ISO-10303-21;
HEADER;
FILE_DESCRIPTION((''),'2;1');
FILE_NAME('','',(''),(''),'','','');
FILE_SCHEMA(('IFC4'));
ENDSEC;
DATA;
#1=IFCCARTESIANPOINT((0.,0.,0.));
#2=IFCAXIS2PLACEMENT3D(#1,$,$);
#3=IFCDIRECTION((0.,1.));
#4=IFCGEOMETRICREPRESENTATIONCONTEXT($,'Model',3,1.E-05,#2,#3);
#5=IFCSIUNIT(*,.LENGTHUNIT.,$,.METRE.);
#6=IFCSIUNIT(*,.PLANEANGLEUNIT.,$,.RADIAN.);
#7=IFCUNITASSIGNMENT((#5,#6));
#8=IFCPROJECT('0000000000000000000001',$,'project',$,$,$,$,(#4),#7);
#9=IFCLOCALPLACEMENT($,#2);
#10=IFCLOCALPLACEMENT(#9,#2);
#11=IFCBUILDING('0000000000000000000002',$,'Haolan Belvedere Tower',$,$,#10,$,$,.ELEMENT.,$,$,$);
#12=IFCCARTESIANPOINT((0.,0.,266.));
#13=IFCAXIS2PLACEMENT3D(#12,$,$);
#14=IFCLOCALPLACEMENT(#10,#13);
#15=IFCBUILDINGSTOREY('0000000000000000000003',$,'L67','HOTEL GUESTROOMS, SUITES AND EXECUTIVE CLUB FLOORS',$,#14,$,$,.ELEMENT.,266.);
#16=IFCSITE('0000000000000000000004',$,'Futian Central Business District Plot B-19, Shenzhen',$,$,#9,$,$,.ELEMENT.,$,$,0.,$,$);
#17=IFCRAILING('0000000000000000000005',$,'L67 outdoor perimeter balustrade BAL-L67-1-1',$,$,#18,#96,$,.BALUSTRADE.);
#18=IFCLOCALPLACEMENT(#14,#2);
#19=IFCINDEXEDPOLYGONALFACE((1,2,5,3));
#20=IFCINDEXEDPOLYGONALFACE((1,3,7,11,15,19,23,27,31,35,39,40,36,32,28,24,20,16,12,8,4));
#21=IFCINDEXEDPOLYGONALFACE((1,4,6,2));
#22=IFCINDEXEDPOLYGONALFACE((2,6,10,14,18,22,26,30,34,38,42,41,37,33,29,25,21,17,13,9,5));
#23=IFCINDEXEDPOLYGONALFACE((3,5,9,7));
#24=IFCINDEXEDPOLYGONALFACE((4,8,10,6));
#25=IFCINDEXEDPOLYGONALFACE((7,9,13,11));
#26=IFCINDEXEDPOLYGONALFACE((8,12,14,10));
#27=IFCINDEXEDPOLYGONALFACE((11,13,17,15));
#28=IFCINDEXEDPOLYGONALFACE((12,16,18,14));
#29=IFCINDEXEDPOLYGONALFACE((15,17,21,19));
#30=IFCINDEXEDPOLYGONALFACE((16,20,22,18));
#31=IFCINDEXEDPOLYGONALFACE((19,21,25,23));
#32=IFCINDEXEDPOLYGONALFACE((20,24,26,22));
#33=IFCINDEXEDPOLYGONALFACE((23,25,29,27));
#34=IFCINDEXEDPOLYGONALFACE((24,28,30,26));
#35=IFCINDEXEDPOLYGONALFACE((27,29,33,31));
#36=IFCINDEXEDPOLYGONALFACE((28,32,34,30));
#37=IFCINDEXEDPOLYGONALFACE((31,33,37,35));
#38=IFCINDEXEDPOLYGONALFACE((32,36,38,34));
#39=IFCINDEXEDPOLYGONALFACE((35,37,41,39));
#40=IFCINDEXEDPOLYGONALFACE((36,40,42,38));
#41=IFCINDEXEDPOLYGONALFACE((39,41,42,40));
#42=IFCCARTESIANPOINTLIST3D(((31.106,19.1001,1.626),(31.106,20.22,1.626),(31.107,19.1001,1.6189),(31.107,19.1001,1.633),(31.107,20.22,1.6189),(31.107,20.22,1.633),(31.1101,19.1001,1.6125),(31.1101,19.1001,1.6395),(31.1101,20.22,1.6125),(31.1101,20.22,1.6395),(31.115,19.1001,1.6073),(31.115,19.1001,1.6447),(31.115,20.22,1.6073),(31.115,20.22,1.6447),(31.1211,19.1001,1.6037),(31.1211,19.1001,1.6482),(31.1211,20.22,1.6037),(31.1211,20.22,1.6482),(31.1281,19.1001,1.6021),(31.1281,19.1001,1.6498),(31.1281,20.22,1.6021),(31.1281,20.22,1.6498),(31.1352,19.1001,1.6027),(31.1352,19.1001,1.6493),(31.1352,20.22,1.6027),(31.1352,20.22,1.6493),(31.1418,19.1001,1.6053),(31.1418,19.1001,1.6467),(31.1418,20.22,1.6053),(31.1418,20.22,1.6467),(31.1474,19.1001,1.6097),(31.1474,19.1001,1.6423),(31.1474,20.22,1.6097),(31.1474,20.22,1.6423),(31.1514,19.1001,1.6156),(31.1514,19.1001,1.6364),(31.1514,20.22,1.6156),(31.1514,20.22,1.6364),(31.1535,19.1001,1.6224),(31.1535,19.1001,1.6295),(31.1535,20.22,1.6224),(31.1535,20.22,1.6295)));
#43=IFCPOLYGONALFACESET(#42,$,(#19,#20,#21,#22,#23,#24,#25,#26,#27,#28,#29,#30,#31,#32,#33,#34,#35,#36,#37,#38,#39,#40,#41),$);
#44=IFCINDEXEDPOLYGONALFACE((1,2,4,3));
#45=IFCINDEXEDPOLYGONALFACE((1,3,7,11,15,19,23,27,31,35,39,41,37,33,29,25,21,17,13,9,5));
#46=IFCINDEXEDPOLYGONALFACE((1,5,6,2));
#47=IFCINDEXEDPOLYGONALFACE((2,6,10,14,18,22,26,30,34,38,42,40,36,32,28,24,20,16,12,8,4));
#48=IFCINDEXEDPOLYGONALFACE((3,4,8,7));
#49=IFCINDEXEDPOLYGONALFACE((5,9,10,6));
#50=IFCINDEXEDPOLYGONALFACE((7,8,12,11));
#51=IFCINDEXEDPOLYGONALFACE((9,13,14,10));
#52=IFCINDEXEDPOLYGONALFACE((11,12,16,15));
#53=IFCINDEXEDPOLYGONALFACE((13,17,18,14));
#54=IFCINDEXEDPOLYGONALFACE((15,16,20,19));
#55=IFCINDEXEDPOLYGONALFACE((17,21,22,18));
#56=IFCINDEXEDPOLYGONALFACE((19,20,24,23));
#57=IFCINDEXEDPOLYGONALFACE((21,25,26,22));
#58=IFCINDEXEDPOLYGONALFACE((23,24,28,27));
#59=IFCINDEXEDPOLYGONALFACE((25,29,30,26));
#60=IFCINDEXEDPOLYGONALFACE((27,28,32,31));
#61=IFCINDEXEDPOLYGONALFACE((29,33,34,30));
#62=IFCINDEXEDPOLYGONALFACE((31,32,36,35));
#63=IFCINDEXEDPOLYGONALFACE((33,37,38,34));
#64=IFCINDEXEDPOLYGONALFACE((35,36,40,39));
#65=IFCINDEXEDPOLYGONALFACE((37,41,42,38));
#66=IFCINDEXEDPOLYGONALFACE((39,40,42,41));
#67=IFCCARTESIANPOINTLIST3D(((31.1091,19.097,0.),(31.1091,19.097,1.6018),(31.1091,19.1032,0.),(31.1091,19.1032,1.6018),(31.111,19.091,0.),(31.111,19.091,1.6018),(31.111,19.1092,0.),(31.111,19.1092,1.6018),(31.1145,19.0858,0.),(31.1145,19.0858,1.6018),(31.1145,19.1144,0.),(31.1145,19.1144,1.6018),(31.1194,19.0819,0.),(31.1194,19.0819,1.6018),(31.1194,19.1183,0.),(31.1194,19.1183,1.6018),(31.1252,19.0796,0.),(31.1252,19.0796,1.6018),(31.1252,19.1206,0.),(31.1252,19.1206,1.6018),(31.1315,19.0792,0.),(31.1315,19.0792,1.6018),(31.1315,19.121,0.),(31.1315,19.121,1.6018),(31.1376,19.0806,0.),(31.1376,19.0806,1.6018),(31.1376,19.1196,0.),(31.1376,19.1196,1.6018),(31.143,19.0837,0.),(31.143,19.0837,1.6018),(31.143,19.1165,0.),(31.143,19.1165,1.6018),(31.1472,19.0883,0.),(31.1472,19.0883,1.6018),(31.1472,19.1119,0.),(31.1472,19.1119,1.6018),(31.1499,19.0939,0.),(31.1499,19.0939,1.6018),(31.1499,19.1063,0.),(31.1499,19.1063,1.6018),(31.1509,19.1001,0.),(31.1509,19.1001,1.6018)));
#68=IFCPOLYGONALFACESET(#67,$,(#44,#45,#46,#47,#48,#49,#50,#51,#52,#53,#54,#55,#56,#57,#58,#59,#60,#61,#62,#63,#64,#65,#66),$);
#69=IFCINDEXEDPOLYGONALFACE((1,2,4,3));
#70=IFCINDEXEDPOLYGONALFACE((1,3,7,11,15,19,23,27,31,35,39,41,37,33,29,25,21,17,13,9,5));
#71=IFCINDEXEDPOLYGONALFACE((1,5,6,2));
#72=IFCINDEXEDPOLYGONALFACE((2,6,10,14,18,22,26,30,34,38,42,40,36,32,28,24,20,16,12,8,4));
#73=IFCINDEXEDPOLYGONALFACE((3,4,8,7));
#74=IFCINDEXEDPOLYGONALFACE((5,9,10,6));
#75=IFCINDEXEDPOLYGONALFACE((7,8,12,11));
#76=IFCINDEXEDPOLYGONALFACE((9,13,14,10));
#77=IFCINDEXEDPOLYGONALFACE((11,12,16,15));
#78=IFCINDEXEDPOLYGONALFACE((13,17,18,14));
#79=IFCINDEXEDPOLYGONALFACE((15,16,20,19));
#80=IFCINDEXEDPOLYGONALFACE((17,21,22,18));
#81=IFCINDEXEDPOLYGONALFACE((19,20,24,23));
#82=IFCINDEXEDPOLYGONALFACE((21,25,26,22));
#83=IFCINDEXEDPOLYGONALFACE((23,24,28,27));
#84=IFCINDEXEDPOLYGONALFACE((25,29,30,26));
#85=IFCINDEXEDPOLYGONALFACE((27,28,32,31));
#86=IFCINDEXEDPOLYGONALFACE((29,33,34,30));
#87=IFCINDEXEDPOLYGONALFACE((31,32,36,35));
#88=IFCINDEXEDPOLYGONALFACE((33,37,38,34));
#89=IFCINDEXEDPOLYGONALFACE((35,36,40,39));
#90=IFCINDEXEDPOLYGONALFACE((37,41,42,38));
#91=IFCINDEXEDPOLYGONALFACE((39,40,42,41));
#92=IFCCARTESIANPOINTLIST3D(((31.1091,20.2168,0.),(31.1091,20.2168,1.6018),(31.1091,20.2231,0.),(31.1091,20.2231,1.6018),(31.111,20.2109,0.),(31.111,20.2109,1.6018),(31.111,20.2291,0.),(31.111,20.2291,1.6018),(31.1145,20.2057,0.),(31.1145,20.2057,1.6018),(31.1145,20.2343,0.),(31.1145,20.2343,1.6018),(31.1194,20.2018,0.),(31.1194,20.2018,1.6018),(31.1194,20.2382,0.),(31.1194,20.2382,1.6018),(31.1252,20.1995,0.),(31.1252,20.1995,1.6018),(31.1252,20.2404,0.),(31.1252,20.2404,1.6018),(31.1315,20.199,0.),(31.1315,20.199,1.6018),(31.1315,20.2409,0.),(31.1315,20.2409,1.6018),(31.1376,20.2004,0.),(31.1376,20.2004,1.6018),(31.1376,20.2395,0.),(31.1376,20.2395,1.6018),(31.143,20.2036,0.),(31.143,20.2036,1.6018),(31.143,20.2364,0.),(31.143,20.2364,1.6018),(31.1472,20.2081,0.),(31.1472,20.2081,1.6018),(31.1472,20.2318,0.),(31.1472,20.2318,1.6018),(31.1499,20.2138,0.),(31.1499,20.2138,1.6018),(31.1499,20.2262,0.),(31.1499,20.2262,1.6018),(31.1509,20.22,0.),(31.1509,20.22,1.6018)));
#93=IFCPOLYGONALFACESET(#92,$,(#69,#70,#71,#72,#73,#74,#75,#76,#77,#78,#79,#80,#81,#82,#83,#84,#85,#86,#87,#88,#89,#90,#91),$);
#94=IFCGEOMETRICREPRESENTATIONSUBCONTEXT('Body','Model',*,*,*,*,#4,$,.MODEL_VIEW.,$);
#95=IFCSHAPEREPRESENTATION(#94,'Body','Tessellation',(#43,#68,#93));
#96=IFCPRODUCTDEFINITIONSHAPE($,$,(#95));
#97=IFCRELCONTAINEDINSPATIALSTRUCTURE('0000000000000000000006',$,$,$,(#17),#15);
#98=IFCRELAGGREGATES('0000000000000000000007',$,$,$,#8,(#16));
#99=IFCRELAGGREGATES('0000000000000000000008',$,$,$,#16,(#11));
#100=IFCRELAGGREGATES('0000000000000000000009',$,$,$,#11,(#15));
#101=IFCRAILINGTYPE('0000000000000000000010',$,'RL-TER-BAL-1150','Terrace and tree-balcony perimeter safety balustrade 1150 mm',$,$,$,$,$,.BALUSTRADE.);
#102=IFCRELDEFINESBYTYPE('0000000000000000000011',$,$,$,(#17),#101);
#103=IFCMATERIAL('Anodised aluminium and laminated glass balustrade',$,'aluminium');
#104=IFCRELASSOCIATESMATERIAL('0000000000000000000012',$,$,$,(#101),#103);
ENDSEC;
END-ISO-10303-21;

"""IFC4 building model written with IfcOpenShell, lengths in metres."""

from ifc_helpers import new_model, si_unit, direction, frame, origin, origin_2d, place, context, subcontext, project, spatial, circle, extrude, material, type_object, element, save


model = new_model("IFC4")

# Units and contexts
model_context = context("Model", 3, precision=1e-05, world=origin(), true_north=direction((0.0, 1.0)))
body_context = subcontext(model_context, "Body", "Model", "MODEL_VIEW")
ifc_project = project(units=[si_unit("LENGTHUNIT", "METRE"), si_unit("PLANEANGLEUNIT", "RADIAN")], contexts=[model_context])

# Site, building, storey
site_placement = place(None, origin())
site = spatial("IfcSite", under=ifc_project, at=site_placement, Name="Futian Central Business District Plot B-19, Shenzhen", CompositionType="ELEMENT", RefElevation=0.0)
building_placement = place(site_placement, origin())
building = spatial("IfcBuilding", under=site, at=building_placement, Name="Haolan Belvedere Tower", CompositionType="ELEMENT")
storey_placement = place(building_placement, frame((0.0, 0.0, 266.0)))
storey = spatial("IfcBuildingStorey", under=building, at=storey_placement, Name="L67", Description="HOTEL GUESTROOMS, SUITES AND EXECUTIVE CLUB FLOORS", CompositionType="ELEMENT", Elevation=266.0)

# Railing
ifc_material_1 = material(Name="Anodised aluminium and laminated glass balustrade", Category="aluminium")
railing_type = type_object("IfcRailingType", Name="RL-TER-BAL-1150", Description="Terrace and tree-balcony perimeter safety balustrade 1150 mm", PredefinedType="BALUSTRADE", material=ifc_material_1)
railing_placement = place(storey_placement, frame((31.1299, 19.1001, 0.0)))
element("IfcRailing", 1, at=railing_placement, inside=storey, type_object=railing_type, Name="L67 outdoor perimeter balustrade BAL-L67-1-1", PredefinedType="BALUSTRADE", context=body_context, shape_type="SweptSolid", body=[
    extrude(circle(Radius=0.0239, at=origin_2d()), frame((0.0, 0.0, 1.626), z_axis=(0.0, 1.0, 0.0), x_axis=(-1.0, 0.0, 0.0)), (0.0, 0.0, 1.0), 1.1199),
    extrude(circle(Radius=0.021, at=origin_2d()), origin(), (0.0, 0.0, 1.0), 1.6018),
    extrude(circle(Radius=0.021, at=origin_2d()), frame((0.0, 1.1199, 0.0)), (0.0, 0.0, 1.0), 1.6018),
])

save(model, "model.ifc")
